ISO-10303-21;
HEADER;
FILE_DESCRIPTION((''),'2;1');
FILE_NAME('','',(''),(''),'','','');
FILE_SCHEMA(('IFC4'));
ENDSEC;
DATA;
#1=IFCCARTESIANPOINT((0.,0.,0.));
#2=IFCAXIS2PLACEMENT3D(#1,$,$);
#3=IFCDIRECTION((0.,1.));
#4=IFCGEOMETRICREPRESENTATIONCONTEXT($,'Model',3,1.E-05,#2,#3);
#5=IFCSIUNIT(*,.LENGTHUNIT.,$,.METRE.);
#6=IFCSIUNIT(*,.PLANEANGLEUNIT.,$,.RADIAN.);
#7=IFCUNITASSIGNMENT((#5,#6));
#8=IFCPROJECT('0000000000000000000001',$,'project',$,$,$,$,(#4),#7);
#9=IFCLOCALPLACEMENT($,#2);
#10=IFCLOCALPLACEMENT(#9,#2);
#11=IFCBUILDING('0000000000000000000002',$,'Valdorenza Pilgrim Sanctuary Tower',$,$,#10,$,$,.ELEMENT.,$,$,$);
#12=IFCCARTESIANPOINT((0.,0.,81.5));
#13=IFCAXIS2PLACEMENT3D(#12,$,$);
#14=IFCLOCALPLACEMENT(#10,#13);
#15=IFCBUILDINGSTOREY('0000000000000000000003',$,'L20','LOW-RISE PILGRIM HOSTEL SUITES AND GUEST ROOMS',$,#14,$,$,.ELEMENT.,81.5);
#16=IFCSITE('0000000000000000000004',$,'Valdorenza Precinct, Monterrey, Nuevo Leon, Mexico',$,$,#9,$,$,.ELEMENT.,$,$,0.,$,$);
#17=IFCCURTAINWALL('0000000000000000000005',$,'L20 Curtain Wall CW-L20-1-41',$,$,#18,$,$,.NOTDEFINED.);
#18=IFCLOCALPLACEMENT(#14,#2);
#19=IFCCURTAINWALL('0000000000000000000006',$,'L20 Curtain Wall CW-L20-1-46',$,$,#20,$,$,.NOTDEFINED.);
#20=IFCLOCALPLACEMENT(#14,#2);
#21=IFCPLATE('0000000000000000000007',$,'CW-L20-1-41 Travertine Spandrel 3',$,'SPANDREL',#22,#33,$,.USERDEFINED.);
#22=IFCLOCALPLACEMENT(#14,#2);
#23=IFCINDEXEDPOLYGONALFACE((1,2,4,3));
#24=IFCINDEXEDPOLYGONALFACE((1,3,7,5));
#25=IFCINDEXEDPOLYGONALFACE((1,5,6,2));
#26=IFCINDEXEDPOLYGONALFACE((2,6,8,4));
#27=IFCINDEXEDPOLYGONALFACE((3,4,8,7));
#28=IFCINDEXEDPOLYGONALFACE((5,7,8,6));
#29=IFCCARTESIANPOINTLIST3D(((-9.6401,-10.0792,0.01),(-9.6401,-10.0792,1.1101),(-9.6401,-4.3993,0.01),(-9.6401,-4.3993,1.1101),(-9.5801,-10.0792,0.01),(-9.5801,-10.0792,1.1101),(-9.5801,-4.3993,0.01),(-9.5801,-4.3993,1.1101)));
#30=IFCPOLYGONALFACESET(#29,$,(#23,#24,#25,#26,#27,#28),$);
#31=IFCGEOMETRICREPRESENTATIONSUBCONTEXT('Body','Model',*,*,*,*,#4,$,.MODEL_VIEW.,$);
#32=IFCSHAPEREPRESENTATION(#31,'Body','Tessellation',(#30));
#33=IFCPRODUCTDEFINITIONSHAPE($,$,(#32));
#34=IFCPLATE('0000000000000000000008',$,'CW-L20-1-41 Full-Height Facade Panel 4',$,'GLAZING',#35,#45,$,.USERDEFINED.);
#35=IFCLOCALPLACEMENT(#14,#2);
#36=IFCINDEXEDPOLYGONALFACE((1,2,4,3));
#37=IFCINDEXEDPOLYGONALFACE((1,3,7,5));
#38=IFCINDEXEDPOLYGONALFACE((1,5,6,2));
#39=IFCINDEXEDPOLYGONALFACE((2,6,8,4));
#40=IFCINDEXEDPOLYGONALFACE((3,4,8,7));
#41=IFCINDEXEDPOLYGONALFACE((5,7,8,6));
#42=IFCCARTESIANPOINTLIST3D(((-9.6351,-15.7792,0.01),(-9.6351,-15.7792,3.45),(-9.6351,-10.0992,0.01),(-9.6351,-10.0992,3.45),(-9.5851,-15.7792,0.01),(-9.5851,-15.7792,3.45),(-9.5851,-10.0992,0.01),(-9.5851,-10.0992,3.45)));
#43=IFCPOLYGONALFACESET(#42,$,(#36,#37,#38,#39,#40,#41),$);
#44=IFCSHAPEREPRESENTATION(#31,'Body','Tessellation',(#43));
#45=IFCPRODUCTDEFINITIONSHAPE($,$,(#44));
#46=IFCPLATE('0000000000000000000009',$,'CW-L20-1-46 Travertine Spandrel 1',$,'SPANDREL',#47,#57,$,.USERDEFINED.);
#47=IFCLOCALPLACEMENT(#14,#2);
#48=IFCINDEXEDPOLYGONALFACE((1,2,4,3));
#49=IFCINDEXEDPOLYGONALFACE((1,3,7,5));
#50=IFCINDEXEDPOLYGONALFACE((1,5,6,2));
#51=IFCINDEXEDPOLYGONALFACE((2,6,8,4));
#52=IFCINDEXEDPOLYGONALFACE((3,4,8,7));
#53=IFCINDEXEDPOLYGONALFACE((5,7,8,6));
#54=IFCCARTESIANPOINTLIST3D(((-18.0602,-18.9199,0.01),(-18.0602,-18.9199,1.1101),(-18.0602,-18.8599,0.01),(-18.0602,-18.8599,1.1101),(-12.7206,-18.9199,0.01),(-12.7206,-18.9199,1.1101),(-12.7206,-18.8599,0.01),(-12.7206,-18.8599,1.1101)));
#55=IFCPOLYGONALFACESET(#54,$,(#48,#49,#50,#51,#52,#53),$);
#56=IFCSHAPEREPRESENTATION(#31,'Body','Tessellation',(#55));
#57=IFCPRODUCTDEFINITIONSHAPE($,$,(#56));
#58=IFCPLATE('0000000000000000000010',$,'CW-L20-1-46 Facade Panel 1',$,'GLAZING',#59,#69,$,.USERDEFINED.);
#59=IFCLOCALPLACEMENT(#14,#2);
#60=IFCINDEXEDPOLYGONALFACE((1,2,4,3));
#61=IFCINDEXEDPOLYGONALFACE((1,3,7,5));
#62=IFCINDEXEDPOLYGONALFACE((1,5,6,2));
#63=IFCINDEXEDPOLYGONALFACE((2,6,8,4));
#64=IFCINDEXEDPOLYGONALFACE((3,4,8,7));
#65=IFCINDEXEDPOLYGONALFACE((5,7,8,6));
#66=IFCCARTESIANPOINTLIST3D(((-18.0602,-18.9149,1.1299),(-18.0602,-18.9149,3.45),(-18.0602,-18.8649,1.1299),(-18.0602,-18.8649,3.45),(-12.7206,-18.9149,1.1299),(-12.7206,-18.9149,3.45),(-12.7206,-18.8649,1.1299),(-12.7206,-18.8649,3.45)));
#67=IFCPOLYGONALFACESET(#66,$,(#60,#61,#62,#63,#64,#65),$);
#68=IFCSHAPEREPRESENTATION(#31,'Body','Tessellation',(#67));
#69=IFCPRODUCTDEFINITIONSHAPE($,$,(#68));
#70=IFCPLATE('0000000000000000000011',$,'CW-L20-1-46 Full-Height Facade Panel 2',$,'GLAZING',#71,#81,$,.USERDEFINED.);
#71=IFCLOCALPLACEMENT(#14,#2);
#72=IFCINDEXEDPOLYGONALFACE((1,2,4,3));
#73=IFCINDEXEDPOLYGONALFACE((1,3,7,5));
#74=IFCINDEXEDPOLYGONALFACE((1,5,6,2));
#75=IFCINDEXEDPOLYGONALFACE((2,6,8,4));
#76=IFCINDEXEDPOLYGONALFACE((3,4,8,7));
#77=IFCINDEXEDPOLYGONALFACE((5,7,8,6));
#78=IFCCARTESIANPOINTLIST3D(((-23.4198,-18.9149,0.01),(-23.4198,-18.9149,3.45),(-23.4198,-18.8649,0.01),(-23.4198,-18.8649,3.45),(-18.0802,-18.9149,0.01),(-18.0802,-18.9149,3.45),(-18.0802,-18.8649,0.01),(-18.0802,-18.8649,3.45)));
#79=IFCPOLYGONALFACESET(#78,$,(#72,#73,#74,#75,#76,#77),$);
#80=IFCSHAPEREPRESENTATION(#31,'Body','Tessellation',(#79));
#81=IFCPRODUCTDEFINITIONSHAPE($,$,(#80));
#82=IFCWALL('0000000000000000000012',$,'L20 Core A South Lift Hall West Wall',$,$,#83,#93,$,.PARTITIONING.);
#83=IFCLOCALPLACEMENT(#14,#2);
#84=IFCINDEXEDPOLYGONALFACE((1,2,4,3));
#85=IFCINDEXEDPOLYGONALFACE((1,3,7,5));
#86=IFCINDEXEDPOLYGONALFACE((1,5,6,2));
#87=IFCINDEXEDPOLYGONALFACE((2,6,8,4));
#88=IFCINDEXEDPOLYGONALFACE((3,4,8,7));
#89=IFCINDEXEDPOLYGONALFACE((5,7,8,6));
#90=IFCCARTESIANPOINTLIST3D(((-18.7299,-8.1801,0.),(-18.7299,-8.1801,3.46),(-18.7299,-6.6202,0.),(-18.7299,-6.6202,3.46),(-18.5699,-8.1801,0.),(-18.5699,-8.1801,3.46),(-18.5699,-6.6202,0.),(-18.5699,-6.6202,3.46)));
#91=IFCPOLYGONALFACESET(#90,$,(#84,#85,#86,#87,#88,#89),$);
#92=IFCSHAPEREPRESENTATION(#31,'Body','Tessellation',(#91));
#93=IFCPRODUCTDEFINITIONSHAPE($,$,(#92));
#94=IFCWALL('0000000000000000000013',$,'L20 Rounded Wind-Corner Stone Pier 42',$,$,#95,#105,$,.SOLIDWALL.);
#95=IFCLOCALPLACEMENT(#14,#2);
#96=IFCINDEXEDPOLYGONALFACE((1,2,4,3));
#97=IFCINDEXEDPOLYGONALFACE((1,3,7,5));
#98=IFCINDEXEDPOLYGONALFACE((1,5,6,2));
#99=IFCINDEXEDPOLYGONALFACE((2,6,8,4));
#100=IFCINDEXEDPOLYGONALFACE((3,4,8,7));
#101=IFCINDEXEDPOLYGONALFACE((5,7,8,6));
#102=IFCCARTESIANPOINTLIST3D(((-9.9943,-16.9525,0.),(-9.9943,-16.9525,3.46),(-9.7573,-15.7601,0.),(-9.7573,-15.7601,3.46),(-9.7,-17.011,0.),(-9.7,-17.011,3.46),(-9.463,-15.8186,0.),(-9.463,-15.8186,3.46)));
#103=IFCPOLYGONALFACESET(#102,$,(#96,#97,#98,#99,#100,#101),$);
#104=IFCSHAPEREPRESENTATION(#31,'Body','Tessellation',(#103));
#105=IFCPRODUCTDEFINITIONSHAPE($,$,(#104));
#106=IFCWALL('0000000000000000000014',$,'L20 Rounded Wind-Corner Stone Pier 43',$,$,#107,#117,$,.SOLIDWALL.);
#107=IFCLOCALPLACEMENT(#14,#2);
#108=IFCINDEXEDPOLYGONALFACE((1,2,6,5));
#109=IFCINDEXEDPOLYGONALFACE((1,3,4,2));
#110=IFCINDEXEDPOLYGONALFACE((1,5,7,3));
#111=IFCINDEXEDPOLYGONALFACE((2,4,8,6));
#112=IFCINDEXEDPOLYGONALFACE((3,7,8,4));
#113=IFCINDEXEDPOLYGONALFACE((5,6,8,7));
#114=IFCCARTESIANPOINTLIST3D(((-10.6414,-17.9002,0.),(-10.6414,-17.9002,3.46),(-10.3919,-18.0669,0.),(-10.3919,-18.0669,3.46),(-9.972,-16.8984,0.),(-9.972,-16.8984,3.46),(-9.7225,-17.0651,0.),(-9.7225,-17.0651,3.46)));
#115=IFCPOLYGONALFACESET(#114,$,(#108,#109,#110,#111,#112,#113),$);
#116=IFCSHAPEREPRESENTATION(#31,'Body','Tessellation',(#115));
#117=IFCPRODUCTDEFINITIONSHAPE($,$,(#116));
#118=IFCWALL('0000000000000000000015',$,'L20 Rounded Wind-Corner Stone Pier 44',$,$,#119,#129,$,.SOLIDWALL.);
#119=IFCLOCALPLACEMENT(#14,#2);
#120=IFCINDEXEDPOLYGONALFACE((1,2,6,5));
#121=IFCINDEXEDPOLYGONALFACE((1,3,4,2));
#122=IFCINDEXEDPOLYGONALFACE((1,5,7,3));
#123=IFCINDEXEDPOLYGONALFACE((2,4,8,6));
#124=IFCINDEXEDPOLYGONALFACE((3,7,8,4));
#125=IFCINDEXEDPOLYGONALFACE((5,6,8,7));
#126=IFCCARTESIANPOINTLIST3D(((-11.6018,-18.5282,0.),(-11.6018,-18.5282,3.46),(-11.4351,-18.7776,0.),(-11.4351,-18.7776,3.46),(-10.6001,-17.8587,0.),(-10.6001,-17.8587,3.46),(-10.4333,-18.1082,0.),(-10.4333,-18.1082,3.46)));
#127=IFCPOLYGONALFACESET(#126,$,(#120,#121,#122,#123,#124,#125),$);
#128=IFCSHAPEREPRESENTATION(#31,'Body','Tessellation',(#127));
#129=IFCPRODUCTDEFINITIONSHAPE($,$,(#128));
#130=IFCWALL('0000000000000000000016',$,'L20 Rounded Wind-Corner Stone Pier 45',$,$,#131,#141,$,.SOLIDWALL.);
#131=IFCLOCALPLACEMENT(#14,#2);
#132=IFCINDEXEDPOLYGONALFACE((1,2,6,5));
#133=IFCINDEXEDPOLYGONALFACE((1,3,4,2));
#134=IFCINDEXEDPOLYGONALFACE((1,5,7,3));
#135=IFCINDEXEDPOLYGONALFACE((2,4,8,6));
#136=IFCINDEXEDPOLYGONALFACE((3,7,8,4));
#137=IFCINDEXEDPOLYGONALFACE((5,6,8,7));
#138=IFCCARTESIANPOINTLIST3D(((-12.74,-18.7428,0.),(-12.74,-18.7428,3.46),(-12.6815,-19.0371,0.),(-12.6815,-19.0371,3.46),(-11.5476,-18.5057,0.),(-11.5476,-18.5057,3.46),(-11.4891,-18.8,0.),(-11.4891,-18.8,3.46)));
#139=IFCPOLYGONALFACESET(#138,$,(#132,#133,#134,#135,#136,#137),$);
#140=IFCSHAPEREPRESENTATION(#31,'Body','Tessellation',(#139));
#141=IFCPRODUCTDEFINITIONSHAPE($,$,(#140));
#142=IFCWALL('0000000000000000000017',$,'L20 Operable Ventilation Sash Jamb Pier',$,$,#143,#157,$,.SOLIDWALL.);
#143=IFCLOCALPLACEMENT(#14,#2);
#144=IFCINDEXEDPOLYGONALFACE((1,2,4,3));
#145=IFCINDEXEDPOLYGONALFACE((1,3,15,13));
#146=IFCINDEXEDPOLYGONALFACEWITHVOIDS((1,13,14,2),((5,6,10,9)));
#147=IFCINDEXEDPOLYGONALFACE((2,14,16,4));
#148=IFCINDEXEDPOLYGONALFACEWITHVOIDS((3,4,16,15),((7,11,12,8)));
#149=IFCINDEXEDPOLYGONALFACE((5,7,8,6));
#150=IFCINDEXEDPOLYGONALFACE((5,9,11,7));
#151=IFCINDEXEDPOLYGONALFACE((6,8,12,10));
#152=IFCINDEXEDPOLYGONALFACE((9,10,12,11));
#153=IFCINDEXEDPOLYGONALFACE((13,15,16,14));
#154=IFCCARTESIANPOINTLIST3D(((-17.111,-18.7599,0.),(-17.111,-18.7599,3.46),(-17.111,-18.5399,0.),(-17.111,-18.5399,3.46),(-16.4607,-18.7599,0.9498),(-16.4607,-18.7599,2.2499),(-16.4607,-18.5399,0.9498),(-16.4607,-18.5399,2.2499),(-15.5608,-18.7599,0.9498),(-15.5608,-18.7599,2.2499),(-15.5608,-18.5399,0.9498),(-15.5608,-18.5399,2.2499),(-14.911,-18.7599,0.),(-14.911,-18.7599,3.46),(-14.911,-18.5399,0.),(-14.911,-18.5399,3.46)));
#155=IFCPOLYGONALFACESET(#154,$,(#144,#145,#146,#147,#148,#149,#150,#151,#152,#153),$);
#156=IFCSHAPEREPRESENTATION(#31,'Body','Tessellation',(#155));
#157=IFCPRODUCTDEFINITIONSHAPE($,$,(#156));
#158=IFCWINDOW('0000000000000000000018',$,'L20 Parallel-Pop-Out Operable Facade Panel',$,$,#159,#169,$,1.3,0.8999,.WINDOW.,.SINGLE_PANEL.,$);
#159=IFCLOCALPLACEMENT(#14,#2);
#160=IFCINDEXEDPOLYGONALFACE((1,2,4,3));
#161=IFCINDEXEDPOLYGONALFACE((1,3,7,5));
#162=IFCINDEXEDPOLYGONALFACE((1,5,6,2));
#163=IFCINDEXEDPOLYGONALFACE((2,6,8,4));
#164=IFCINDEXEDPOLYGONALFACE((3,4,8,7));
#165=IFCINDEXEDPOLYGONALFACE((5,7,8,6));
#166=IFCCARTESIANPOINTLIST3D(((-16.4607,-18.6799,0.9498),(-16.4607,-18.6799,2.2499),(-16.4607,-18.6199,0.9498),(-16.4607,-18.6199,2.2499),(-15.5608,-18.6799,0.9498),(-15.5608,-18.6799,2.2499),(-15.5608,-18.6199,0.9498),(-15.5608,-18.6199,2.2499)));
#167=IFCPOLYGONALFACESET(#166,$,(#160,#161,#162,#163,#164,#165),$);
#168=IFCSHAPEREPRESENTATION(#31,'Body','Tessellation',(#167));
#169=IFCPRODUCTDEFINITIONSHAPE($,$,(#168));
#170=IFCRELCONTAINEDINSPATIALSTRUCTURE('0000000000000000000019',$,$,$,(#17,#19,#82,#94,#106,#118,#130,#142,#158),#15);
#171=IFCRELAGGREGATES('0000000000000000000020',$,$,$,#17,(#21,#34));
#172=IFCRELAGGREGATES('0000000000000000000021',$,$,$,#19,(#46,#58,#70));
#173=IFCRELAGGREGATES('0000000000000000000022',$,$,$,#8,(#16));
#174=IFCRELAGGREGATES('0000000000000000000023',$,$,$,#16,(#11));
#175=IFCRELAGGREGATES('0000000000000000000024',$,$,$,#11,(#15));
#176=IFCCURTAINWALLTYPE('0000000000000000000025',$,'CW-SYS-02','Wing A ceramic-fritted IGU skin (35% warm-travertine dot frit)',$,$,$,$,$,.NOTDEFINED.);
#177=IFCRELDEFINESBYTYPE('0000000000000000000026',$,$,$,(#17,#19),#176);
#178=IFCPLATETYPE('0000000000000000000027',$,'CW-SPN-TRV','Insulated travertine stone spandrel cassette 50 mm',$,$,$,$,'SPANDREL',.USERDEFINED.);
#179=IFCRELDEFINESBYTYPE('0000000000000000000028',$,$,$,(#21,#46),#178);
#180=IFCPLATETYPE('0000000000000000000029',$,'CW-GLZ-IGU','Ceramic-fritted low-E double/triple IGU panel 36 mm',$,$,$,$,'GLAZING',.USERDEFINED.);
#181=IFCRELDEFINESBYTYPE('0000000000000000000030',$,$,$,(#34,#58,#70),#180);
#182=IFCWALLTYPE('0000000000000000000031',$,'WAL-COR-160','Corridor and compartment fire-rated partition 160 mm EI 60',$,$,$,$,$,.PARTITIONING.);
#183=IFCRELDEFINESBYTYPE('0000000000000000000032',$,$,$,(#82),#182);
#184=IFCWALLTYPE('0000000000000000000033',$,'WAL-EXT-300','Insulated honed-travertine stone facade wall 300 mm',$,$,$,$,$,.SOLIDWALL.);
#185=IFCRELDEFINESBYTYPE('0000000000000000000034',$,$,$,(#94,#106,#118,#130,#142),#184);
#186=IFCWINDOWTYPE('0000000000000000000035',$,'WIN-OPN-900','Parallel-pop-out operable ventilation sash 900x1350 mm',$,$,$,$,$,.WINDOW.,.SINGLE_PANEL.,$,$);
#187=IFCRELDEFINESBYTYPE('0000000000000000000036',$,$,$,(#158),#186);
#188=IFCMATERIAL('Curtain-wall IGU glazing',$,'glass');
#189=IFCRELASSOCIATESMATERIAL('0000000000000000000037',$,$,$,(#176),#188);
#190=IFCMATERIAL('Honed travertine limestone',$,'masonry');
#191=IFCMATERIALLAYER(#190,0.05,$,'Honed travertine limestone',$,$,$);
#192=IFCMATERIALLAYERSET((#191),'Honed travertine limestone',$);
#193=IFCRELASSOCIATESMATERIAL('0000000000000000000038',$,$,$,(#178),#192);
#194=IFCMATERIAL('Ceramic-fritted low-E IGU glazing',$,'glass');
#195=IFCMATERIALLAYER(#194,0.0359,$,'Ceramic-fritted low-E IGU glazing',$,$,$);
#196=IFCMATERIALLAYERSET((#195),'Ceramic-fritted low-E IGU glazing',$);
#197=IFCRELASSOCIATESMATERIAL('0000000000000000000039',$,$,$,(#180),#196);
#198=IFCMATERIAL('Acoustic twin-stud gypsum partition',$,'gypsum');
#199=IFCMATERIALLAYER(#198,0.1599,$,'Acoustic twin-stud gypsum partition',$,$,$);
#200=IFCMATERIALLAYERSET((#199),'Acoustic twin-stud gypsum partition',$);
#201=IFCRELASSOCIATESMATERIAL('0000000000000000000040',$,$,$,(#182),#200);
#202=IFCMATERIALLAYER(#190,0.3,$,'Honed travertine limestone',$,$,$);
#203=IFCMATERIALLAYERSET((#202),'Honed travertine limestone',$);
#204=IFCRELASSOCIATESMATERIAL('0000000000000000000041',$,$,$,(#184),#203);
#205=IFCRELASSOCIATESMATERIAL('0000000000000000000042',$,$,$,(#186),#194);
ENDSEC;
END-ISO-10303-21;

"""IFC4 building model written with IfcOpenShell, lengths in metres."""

from ifc_helpers import new_model, si_unit, direction, frame, frame_2d, origin, origin_2d, place, context, subcontext, project, spatial, rectangle, extrude, source, transform, mapped, material, layer, layer_set, type_object, element, fill, aggregate, save


model = new_model("IFC4")

# Units and contexts
model_context = context("Model", 3, precision=1e-05, world=origin(), true_north=direction((0.0, 1.0)))
body_context = subcontext(model_context, "Body", "Model", "MODEL_VIEW")
ifc_project = project(units=[si_unit("LENGTHUNIT", "METRE"), si_unit("PLANEANGLEUNIT", "RADIAN")], contexts=[model_context])

# Site, building, storey
site_placement = place(None, origin())
site = spatial("IfcSite", under=ifc_project, at=site_placement, Name="Valdorenza Precinct, Monterrey, Nuevo Leon, Mexico", CompositionType="ELEMENT", RefElevation=0.0)
building_placement = place(site_placement, origin())
building = spatial("IfcBuilding", under=site, at=building_placement, Name="Valdorenza Pilgrim Sanctuary Tower", CompositionType="ELEMENT")
storey_placement = place(building_placement, frame((0.0, 0.0, 81.5)))
storey = spatial("IfcBuildingStorey", under=building, at=storey_placement, Name="L20", Description="LOW-RISE PILGRIM HOSTEL SUITES AND GUEST ROOMS", CompositionType="ELEMENT", Elevation=81.5)

# Curtain walls
ifc_material_1 = material(Name="Curtain-wall IGU glazing", Category="glass")
curtain_wall_type = type_object("IfcCurtainWallType", Name="CW-SYS-02", Description="Wing A ceramic-fritted IGU skin (35% warm-travertine dot frit)", PredefinedType="NOTDEFINED", material=ifc_material_1)
curtain_wall_1_placement = place(storey_placement, origin())
curtain_wall_1 = element("IfcCurtainWall", 1, at=curtain_wall_1_placement, inside=storey, type_object=curtain_wall_type, Name="L20 Curtain Wall CW-L20-1-41", PredefinedType="NOTDEFINED")
curtain_wall_2_placement = place(storey_placement, origin())
curtain_wall_2 = element("IfcCurtainWall", 2, at=curtain_wall_2_placement, inside=storey, type_object=curtain_wall_type, Name="L20 Curtain Wall CW-L20-1-46", PredefinedType="NOTDEFINED")

# Plates
ifc_material_2 = material(Name="Honed travertine limestone", Category="masonry")
ifc_layer_1 = layer(ifc_material_2, 0.05, Name="Honed travertine limestone")
ifc_layer_set_1 = layer_set([ifc_layer_1], Name="Honed travertine limestone")
plate_type_1 = type_object("IfcPlateType", Name="CW-SPN-TRV", Description="Insulated travertine stone spandrel cassette 50 mm", ElementType="SPANDREL", PredefinedType="USERDEFINED", material=ifc_layer_set_1)
shared_shape_1 = source(origin(), body_context, "Body", "SweptSolid", [
    extrude(rectangle(XDim=5.6799, YDim=0.0601, at=origin_2d()), origin(), (0.0, 0.0, 1.0), 1.1001),
])
plate_1_placement = place(storey_placement, frame((-9.6101, -7.2393, 0.01), z_axis=(0.0, 0.0, 1.0), x_axis=(0.0, -1.0, 0.0)))
plate_1 = element("IfcPlate", 3, at=plate_1_placement, type_object=plate_type_1, Name="CW-L20-1-41 Travertine Spandrel 3", ObjectType="SPANDREL", PredefinedType="USERDEFINED", context=body_context, shape_type="MappedRepresentation", body=[
    mapped(shared_shape_1, transform((0.0, 0.0, 0.0), x_axis=(1.0, 0.0, 0.0), y_axis=(0.0, 1.0, 0.0), z_axis=(0.0, 0.0, 1.0), scale=1.0)),
])
ifc_material_3 = material(Name="Ceramic-fritted low-E IGU glazing", Category="glass")
ifc_layer_2 = layer(ifc_material_3, 0.0359, Name="Ceramic-fritted low-E IGU glazing")
ifc_layer_set_2 = layer_set([ifc_layer_2], Name="Ceramic-fritted low-E IGU glazing")
plate_type_2 = type_object("IfcPlateType", Name="CW-GLZ-IGU", Description="Ceramic-fritted low-E double/triple IGU panel 36 mm", ElementType="GLAZING", PredefinedType="USERDEFINED", material=ifc_layer_set_2)
shared_shape_2 = source(origin(), body_context, "Body", "SweptSolid", [
    extrude(rectangle(XDim=5.6799, YDim=0.05, at=origin_2d()), origin(), (0.0, 0.0, 1.0), 3.4399),
])
plate_2_placement = place(storey_placement, frame((-9.6101, -12.9392, 0.01), z_axis=(0.0, 0.0, 1.0), x_axis=(0.0, -1.0, 0.0)))
plate_2 = element("IfcPlate", 4, at=plate_2_placement, type_object=plate_type_2, Name="CW-L20-1-41 Full-Height Facade Panel 4", ObjectType="GLAZING", PredefinedType="USERDEFINED", context=body_context, shape_type="MappedRepresentation", body=[
    mapped(shared_shape_2, transform((0.0, 0.0, 0.0), x_axis=(1.0, 0.0, 0.0), y_axis=(0.0, 1.0, 0.0), z_axis=(0.0, 0.0, 1.0), scale=1.0)),
])
aggregate(curtain_wall_1, [plate_1, plate_2])
shared_shape_3 = source(origin(), body_context, "Body", "SweptSolid", [
    extrude(rectangle(XDim=5.3396, YDim=0.0601, at=origin_2d()), origin(), (0.0, 0.0, 1.0), 1.1001),
])
plate_3_placement = place(storey_placement, frame((-15.3904, -18.8899, 0.01), z_axis=(0.0, 0.0, 1.0), x_axis=(-1.0, 0.0, 0.0)))
plate_3 = element("IfcPlate", 5, at=plate_3_placement, type_object=plate_type_1, Name="CW-L20-1-46 Travertine Spandrel 1", ObjectType="SPANDREL", PredefinedType="USERDEFINED", context=body_context, shape_type="MappedRepresentation", body=[
    mapped(shared_shape_3, transform((0.0, 0.0, 0.0), x_axis=(1.0, 0.0, 0.0), y_axis=(0.0, 1.0, 0.0), z_axis=(0.0, 0.0, 1.0), scale=1.0)),
])
shared_shape_4 = source(origin(), body_context, "Body", "SweptSolid", [
    extrude(rectangle(XDim=5.3396, YDim=0.05, at=origin_2d()), origin(), (0.0, 0.0, 1.0), 2.3201),
])
plate_4_placement = place(storey_placement, frame((-15.3904, -18.8899, 1.1299), z_axis=(0.0, 0.0, 1.0), x_axis=(-1.0, 0.0, 0.0)))
plate_4 = element("IfcPlate", 6, at=plate_4_placement, type_object=plate_type_2, Name="CW-L20-1-46 Facade Panel 1", ObjectType="GLAZING", PredefinedType="USERDEFINED", context=body_context, shape_type="MappedRepresentation", body=[
    mapped(shared_shape_4, transform((0.0, 0.0, 0.0), x_axis=(1.0, 0.0, 0.0), y_axis=(0.0, 1.0, 0.0), z_axis=(0.0, 0.0, 1.0), scale=1.0)),
])
shared_shape_5 = source(origin(), body_context, "Body", "SweptSolid", [
    extrude(rectangle(XDim=5.3396, YDim=0.05, at=origin_2d()), origin(), (0.0, 0.0, 1.0), 3.4399),
])
plate_5_placement = place(storey_placement, frame((-20.75, -18.8899, 0.01), z_axis=(0.0, 0.0, 1.0), x_axis=(-1.0, 0.0, 0.0)))
plate_5 = element("IfcPlate", 7, at=plate_5_placement, type_object=plate_type_2, Name="CW-L20-1-46 Full-Height Facade Panel 2", ObjectType="GLAZING", PredefinedType="USERDEFINED", context=body_context, shape_type="MappedRepresentation", body=[
    mapped(shared_shape_5, transform((0.0, 0.0, 0.0), x_axis=(1.0, 0.0, 0.0), y_axis=(0.0, 1.0, 0.0), z_axis=(0.0, 0.0, 1.0), scale=1.0)),
])
aggregate(curtain_wall_2, [plate_3, plate_4, plate_5])

# Walls
ifc_material_4 = material(Name="Acoustic twin-stud gypsum partition", Category="gypsum")
ifc_layer_3 = layer(ifc_material_4, 0.1599, Name="Acoustic twin-stud gypsum partition")
ifc_layer_set_3 = layer_set([ifc_layer_3], Name="Acoustic twin-stud gypsum partition")
wall_type_1 = type_object("IfcWallType", Name="WAL-COR-160", Description="Corridor and compartment fire-rated partition 160 mm EI 60", PredefinedType="PARTITIONING", material=ifc_layer_set_3)
wall_1_placement = place(storey_placement, frame((-18.6499, -8.1799, 0.0), z_axis=(0.0, 0.0, 1.0), x_axis=(0.0, 1.0, 0.0)))
element("IfcWall", 8, at=wall_1_placement, inside=storey, type_object=wall_type_1, Name="L20 Core A South Lift Hall West Wall", PredefinedType="PARTITIONING", context=body_context, shape_type="SweptSolid", body=[
    extrude(rectangle(XDim=1.5598, YDim=0.1599, at=frame_2d((0.7798, 0.0))), origin(), (0.0, 0.0, 1.0), 3.46),
])
ifc_layer_4 = layer(ifc_material_2, 0.3, Name="Honed travertine limestone")
ifc_layer_set_4 = layer_set([ifc_layer_4], Name="Honed travertine limestone")
wall_type_2 = type_object("IfcWallType", Name="WAL-EXT-300", Description="Insulated honed-travertine stone facade wall 300 mm", PredefinedType="SOLIDWALL", material=ifc_layer_set_4)
wall_2_placement = place(storey_placement, frame((-9.6101, -15.7893, 0.0), z_axis=(0.0, 0.0, 1.0), x_axis=(-0.194996, -0.980804, 0.0)))
element("IfcWall", 9, at=wall_2_placement, inside=storey, type_object=wall_type_2, Name="L20 Rounded Wind-Corner Stone Pier 42", PredefinedType="SOLIDWALL", context=body_context, shape_type="SweptSolid", body=[
    extrude(rectangle(XDim=1.2158, YDim=0.3, at=frame_2d((0.6079, 0.0))), origin(), (0.0, 0.0, 1.0), 3.46),
])
for number, where, z_axis, x_axis, name in (
    (10, (-9.8472, -16.9817, 0.0), (0.0, 0.0, 1.0), (-0.555635, -0.831426, 0.0), "L20 Rounded Wind-Corner Stone Pier 43"),
    (11, (-10.5166, -17.9834, 0.0), (0.0, 0.0, 1.0), (-0.831426, -0.555635, 0.0), "L20 Rounded Wind-Corner Stone Pier 44"),
):
    element("IfcWall", number, at=place(storey_placement, frame(where, z_axis=z_axis, x_axis=x_axis)), inside=storey, type_object=wall_type_2, Name=name, PredefinedType="SOLIDWALL", context=body_context, shape_type="SweptSolid", body=[
        extrude(rectangle(XDim=1.2048, YDim=0.3, at=frame_2d((0.6025, 0.0))), origin(), (0.0, 0.0, 1.0), 3.46),
    ])
wall_3_placement = place(storey_placement, frame((-11.5183, -18.6528, 0.0), z_axis=(0.0, 0.0, 1.0), x_axis=(-0.980804, -0.194996, 0.0)))
element("IfcWall", 12, at=wall_3_placement, inside=storey, type_object=wall_type_2, Name="L20 Rounded Wind-Corner Stone Pier 45", PredefinedType="SOLIDWALL", context=body_context, shape_type="SweptSolid", body=[
    extrude(rectangle(XDim=1.2158, YDim=0.3, at=frame_2d((0.6079, 0.0))), origin(), (0.0, 0.0, 1.0), 3.46),
])

# Wall, opening, window
wall_4_placement = place(storey_placement, frame((-14.9109, -18.6499, 0.0), z_axis=(0.0, 0.0, 1.0), x_axis=(-1.0, 0.0, 0.0)))
wall_4 = element("IfcWall", 13, at=wall_4_placement, inside=storey, type_object=wall_type_2, Name="L20 Operable Ventilation Sash Jamb Pier", PredefinedType="SOLIDWALL", context=body_context, shape_type="SweptSolid", body=[
    extrude(rectangle(XDim=2.2, YDim=0.22, at=frame_2d((1.1001, 0.0))), origin(), (0.0, 0.0, 1.0), 3.46),
])
opening_1_placement = place(wall_4_placement, frame((0.6499, 0.0, 0.95)))
opening_1 = element("IfcOpeningElement", 14, at=opening_1_placement, cuts=wall_4, PredefinedType="OPENING", context=body_context, shape_type="SweptSolid", body=[
    extrude(rectangle(XDim=0.8999, YDim=1.3, at=frame_2d((0.45, 0.6499))), frame((0.0, 0.125, 0.0), z_axis=(0.0, -1.0, 0.0), x_axis=(1.0, 0.0, 0.0)), (0.0, 0.0, 1.0), 0.2498),
])
window_type = type_object("IfcWindowType", Name="WIN-OPN-900", Description="Parallel-pop-out operable ventilation sash 900x1350 mm", PartitioningType="SINGLE_PANEL", PredefinedType="WINDOW", material=ifc_material_3)
window_placement = place(opening_1_placement, origin())
window = element("IfcWindow", 15, at=window_placement, inside=storey, type_object=window_type, Name="L20 Parallel-Pop-Out Operable Facade Panel", OverallHeight=1.3, OverallWidth=0.8999, PartitioningType="SINGLE_PANEL", PredefinedType="WINDOW", context=body_context, shape_type="SweptSolid", body=[
    extrude(rectangle(XDim=0.8999, YDim=1.3, at=frame_2d((0.45, 0.6499))), frame((0.0, 0.03, 0.0), z_axis=(0.0, -1.0, 0.0), x_axis=(1.0, 0.0, 0.0)), (0.0, 0.0, 1.0), 0.0601),
])
fill(opening_1, window)

save(model, "model.ifc")
